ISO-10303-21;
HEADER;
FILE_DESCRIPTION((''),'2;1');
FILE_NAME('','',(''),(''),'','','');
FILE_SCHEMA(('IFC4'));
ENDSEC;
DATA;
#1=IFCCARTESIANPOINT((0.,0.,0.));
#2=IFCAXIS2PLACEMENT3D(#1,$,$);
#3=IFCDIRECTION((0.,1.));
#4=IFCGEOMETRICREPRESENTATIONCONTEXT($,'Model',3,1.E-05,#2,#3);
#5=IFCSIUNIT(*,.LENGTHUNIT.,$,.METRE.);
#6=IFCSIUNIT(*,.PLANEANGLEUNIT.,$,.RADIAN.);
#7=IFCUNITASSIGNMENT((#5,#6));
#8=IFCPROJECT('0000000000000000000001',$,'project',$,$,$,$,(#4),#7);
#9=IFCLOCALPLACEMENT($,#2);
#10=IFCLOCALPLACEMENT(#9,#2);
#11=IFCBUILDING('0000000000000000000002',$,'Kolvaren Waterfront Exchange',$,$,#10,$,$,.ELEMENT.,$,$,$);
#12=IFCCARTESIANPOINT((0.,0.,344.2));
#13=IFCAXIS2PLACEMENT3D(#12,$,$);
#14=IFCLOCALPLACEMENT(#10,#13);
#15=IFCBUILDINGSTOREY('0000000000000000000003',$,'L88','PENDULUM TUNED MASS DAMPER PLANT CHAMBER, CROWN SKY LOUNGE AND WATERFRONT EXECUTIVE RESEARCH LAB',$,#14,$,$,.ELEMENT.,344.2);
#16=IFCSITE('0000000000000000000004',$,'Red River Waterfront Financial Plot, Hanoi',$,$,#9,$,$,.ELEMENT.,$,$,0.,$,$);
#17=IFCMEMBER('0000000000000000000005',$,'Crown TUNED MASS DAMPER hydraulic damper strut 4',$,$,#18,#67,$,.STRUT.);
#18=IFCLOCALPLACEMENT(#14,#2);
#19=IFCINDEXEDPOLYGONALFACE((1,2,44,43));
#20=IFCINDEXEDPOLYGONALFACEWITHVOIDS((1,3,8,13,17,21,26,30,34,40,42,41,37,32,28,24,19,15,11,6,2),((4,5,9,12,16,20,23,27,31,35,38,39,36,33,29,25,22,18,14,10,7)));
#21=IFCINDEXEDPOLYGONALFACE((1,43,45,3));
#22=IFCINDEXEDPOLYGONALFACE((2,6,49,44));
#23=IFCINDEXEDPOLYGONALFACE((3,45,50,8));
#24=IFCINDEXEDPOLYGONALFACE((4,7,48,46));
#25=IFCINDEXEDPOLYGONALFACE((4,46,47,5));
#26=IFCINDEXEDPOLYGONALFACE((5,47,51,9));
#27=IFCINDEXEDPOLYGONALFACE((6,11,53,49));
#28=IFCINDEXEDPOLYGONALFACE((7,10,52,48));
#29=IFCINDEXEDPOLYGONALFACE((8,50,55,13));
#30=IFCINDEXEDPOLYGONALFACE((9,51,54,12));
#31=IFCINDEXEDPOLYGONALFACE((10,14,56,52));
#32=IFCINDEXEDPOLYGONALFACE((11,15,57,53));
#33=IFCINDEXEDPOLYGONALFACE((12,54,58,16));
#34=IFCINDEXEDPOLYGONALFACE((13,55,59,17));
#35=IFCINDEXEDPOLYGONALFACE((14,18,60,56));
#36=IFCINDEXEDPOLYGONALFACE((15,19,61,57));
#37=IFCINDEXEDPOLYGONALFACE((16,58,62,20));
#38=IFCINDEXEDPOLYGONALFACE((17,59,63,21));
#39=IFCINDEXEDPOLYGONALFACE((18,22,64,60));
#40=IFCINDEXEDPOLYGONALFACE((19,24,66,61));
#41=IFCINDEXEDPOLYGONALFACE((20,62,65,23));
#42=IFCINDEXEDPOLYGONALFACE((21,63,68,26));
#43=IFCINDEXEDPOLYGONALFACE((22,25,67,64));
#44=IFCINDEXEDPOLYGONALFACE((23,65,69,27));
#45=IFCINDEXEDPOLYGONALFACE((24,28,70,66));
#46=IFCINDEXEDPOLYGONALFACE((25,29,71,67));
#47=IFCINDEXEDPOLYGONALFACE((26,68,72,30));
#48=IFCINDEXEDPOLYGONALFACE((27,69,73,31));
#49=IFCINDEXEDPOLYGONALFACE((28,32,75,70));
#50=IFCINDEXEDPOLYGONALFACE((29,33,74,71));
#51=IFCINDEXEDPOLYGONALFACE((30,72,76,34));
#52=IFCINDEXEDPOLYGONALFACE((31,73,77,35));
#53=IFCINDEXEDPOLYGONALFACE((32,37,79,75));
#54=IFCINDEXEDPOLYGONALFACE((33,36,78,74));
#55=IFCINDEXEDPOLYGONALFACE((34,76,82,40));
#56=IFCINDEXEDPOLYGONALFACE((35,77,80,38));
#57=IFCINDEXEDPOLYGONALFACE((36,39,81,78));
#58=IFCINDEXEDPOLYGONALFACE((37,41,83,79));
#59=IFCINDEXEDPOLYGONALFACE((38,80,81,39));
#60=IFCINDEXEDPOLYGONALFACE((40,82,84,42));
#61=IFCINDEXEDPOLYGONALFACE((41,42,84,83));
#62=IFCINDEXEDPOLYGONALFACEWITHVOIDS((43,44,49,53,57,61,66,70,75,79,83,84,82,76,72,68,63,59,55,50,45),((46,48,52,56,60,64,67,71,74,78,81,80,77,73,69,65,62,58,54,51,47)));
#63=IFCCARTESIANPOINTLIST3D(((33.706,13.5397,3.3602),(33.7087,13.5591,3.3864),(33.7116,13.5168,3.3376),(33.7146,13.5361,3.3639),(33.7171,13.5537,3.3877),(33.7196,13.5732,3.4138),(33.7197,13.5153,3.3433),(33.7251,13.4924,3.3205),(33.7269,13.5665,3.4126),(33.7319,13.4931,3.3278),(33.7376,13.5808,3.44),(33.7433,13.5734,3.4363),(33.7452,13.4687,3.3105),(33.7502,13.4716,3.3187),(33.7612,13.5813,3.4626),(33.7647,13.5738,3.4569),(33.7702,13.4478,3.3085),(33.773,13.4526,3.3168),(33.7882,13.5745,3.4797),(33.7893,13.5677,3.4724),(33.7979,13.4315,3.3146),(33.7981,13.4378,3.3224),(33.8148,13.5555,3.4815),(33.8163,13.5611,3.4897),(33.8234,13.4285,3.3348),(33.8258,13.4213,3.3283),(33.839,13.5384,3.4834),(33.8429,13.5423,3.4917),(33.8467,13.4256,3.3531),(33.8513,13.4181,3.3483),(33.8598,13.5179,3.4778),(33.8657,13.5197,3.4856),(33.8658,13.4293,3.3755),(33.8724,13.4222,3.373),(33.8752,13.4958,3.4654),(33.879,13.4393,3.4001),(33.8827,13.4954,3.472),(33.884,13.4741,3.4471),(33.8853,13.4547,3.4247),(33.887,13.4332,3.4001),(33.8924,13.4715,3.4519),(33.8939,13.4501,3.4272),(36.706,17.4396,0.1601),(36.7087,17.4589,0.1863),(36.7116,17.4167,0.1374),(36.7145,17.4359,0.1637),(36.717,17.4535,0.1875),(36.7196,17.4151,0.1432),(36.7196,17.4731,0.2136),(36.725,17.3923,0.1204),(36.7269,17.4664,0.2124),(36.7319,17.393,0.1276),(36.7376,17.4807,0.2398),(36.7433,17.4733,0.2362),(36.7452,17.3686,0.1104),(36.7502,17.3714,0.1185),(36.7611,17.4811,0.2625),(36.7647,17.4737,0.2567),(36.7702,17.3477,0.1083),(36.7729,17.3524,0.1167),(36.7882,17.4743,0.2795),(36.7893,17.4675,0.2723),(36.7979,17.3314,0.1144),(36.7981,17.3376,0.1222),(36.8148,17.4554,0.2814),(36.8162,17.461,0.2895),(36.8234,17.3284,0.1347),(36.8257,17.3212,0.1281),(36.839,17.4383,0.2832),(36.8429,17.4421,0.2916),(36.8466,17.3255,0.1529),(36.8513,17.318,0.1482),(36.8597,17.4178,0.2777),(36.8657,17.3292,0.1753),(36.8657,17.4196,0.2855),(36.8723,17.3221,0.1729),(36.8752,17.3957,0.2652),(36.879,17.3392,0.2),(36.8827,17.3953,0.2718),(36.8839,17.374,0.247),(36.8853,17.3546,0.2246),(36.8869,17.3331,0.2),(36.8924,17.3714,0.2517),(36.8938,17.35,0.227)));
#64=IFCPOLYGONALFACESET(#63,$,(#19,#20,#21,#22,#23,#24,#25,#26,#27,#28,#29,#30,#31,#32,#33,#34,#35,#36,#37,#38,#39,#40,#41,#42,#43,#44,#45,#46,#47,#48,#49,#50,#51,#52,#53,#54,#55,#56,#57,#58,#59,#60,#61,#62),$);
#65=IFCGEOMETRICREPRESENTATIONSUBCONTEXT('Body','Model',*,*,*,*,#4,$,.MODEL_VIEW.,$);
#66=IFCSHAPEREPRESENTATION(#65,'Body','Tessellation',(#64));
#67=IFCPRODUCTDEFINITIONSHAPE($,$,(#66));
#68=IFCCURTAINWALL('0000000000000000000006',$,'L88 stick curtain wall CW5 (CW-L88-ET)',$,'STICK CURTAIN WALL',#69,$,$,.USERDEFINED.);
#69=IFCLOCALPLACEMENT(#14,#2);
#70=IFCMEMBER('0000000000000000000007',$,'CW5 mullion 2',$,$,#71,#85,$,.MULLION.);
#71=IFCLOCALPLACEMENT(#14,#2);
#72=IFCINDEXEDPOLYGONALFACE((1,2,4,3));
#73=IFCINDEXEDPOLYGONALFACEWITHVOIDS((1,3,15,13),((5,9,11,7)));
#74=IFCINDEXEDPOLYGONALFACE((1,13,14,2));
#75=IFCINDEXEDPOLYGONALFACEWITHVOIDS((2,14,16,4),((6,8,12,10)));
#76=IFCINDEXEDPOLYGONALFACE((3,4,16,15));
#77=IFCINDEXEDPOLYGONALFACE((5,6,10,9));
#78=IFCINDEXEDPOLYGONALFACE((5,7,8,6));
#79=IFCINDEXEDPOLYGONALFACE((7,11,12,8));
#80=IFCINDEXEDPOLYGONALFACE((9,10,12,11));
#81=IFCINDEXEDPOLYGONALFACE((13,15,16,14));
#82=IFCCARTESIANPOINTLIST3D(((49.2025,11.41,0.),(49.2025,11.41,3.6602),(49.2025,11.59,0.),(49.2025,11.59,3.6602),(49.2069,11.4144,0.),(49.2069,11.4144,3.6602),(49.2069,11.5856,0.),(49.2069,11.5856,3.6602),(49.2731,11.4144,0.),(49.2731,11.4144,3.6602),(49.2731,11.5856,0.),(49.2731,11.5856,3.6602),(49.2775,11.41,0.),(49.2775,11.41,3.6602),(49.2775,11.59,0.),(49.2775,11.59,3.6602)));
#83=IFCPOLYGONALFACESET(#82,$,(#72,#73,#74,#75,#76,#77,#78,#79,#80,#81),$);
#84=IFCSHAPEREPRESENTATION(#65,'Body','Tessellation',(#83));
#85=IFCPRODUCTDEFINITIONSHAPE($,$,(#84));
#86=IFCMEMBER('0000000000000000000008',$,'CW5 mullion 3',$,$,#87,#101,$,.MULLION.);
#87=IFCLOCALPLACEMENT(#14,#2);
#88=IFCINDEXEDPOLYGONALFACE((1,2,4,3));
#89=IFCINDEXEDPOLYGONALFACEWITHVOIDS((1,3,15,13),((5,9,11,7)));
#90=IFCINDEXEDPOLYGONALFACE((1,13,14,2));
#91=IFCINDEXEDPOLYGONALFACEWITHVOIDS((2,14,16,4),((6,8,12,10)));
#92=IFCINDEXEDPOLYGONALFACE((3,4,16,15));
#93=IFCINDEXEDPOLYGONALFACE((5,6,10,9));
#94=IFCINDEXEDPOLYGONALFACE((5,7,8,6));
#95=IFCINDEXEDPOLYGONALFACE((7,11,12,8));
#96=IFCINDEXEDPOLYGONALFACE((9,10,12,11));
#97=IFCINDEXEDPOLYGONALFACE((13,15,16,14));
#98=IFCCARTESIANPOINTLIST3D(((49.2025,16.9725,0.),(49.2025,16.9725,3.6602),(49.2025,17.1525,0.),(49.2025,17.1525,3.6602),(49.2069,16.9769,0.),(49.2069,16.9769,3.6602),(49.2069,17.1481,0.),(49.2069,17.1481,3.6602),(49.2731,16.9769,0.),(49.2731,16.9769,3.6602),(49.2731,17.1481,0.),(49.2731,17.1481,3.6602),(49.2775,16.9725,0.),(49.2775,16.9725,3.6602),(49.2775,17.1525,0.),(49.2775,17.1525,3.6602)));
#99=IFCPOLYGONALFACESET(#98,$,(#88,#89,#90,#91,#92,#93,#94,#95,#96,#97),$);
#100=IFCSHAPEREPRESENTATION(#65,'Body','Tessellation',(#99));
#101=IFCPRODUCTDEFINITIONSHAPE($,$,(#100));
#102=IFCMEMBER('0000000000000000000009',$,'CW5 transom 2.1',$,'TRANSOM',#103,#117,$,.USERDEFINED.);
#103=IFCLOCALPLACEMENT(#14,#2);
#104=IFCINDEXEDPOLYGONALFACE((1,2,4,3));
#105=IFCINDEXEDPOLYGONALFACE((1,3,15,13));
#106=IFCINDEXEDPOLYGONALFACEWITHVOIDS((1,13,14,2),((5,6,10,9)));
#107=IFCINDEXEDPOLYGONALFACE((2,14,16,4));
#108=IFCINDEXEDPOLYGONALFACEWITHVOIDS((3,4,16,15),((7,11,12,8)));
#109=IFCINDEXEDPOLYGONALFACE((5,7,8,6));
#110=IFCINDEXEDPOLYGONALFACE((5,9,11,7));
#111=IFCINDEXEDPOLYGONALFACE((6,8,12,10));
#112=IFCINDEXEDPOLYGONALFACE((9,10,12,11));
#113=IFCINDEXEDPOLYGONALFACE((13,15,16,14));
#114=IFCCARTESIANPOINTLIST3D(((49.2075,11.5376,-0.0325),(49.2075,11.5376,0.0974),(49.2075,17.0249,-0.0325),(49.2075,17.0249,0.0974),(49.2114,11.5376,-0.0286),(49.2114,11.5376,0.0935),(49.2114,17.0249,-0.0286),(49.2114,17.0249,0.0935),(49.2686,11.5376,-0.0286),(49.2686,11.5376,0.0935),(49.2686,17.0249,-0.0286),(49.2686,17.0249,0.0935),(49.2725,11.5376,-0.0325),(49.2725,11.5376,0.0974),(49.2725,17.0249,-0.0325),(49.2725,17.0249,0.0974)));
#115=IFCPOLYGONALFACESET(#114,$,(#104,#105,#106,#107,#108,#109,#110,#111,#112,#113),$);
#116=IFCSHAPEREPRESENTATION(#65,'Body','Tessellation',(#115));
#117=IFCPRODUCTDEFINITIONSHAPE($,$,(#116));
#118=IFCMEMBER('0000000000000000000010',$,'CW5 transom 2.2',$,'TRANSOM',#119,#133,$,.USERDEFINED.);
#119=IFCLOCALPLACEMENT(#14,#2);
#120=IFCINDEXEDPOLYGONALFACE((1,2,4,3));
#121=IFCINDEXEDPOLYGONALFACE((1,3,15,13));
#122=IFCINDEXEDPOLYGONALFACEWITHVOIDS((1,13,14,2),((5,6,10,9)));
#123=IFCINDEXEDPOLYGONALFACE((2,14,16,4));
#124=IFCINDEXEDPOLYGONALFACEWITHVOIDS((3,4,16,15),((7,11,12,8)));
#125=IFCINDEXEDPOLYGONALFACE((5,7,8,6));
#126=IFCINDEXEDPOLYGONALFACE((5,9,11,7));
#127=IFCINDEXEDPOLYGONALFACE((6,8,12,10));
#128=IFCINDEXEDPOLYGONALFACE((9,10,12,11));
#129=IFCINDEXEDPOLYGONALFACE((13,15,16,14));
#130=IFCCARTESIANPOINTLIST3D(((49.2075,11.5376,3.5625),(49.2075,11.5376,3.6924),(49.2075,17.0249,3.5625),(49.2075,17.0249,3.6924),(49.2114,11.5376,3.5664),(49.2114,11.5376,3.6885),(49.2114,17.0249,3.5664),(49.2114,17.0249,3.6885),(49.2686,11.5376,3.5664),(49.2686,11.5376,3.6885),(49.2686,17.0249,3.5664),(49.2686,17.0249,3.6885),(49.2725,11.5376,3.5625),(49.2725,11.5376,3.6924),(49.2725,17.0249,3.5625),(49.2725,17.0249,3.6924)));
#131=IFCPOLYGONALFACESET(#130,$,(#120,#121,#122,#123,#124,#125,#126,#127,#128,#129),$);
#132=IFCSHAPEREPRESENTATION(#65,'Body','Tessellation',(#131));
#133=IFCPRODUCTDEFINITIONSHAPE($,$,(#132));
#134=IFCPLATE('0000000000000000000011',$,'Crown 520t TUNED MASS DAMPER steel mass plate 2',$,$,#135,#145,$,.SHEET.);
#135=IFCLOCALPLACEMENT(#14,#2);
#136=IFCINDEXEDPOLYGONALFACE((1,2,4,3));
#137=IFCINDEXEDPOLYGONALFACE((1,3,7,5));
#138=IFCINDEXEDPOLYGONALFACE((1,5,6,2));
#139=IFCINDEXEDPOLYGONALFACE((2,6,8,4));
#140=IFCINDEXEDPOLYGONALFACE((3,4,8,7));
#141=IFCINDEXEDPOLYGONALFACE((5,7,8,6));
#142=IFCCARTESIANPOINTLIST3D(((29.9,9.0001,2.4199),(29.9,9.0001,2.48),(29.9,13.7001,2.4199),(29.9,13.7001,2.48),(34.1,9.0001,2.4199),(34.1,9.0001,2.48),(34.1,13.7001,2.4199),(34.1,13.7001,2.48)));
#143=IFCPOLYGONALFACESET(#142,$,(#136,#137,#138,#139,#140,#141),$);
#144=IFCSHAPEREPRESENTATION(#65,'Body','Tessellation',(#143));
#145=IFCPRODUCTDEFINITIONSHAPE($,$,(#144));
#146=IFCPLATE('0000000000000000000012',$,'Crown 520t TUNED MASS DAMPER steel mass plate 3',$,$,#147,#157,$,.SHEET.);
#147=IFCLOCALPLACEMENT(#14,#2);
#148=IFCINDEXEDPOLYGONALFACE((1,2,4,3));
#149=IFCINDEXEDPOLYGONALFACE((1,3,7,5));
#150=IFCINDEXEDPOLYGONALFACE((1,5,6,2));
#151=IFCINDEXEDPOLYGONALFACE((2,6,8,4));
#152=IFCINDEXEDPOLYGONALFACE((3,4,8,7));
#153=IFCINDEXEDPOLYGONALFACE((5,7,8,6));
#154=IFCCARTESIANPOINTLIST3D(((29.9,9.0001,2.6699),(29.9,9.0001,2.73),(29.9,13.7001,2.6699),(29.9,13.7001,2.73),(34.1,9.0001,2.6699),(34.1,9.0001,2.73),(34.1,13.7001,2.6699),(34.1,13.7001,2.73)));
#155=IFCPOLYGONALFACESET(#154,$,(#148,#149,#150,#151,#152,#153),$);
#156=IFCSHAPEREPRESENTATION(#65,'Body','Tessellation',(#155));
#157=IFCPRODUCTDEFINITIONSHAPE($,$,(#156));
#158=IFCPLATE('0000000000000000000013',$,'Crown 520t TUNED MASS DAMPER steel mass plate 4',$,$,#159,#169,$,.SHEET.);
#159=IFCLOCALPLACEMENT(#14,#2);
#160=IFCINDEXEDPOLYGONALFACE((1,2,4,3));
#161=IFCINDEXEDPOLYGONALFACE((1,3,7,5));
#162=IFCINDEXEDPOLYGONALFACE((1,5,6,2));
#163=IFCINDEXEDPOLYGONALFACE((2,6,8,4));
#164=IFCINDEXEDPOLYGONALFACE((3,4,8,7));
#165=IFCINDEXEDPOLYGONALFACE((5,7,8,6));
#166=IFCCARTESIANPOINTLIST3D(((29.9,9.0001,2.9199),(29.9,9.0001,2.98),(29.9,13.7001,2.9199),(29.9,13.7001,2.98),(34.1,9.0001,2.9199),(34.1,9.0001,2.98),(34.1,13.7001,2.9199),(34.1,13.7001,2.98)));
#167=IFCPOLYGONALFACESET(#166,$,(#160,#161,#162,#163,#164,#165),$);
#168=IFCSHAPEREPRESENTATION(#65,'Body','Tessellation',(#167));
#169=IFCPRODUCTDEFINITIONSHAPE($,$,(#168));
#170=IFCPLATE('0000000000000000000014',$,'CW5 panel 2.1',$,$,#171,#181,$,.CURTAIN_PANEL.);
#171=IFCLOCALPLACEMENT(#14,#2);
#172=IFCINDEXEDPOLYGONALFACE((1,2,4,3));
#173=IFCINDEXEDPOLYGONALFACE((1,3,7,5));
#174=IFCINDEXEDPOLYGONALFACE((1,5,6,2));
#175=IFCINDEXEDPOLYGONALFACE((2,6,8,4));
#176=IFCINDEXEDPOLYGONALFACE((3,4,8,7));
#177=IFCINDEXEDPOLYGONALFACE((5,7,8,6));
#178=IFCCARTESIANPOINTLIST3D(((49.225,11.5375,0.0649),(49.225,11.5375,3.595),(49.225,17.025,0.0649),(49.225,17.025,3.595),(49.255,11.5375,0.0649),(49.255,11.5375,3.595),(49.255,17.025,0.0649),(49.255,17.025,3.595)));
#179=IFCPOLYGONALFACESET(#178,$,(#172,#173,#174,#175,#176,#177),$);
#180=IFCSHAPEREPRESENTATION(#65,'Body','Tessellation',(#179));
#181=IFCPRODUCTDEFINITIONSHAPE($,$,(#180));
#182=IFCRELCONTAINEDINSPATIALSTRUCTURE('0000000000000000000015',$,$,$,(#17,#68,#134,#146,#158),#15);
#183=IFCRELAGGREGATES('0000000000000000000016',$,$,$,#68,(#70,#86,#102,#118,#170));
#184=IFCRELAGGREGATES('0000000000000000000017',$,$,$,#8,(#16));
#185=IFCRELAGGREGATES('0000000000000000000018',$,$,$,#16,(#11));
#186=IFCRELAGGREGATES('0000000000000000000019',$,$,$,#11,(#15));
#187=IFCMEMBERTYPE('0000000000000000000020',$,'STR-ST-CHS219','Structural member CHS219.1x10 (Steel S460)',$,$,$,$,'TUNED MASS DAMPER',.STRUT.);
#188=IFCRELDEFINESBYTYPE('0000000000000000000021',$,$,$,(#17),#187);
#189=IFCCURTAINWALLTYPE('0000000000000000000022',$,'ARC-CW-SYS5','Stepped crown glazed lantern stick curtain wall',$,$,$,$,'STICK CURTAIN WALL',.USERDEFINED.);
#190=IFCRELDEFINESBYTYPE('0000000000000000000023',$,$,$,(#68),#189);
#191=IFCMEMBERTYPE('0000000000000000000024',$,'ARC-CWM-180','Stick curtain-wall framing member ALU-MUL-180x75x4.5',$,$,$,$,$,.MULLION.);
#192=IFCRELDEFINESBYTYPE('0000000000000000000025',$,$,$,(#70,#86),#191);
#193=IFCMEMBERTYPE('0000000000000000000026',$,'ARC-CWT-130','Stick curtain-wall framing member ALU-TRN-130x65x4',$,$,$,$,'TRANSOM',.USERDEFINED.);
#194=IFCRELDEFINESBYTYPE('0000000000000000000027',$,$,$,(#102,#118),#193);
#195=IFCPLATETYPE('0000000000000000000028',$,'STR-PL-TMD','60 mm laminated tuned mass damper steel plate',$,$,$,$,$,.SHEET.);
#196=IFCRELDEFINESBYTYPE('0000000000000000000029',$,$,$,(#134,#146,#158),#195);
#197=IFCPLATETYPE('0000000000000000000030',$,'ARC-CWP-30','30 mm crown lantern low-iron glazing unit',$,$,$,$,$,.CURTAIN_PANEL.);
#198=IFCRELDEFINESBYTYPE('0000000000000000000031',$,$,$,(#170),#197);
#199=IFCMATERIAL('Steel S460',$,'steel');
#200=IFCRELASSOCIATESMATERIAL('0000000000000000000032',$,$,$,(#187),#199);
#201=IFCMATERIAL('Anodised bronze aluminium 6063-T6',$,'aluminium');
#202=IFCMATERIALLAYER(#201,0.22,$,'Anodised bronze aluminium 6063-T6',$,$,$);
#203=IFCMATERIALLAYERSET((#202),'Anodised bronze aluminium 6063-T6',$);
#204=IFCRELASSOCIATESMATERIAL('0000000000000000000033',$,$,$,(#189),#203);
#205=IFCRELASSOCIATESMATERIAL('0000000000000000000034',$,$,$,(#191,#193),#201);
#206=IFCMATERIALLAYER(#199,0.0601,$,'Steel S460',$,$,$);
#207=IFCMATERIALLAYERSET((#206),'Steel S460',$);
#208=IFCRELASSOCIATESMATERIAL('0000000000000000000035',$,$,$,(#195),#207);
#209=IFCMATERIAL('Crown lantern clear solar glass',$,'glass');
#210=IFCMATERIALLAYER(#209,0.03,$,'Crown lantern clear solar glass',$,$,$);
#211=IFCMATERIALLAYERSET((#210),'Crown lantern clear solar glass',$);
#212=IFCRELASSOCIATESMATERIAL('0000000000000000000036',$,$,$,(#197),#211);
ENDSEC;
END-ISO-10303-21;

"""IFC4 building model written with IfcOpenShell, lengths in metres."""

from ifc_helpers import new_model, si_unit, direction, frame, origin, origin_with_axes, origin_2d, place, context, subcontext, project, spatial, rectangle, hollow_rectangle, hollow_circle, extrude, source, transform, mapped, material, layer, layer_set, material_profile, profile_set, type_object, element, aggregate, save


model = new_model("IFC4")

# Units and contexts
model_context = context("Model", 3, precision=1e-05, world=origin(), true_north=direction((0.0, 1.0)))
body_context = subcontext(model_context, "Body", "Model", "MODEL_VIEW")
ifc_project = project(units=[si_unit("LENGTHUNIT", "METRE"), si_unit("PLANEANGLEUNIT", "RADIAN")], contexts=[model_context])

# Site, building, storey
site_placement = place(None, origin())
site = spatial("IfcSite", under=ifc_project, at=site_placement, Name="Red River Waterfront Financial Plot, Hanoi", CompositionType="ELEMENT", RefElevation=0.0)
building_placement = place(site_placement, origin())
building = spatial("IfcBuilding", under=site, at=building_placement, Name="Kolvaren Waterfront Exchange", CompositionType="ELEMENT")
storey_placement = place(building_placement, frame((0.0, 0.0, 344.2)))
storey = spatial("IfcBuildingStorey", under=building, at=storey_placement, Name="L88", Description="PENDULUM TUNED MASS DAMPER PLANT CHAMBER, CROWN SKY LOUNGE AND WATERFRONT EXECUTIVE RESEARCH LAB", CompositionType="ELEMENT", Elevation=344.2)

# Member
ifc_material_1 = material(Name="Steel S460", Category="steel")
ifc_material_profile_1 = material_profile(ifc_material_1, hollow_circle(Radius=0.1096, WallThickness=0.01, at=origin_2d()), Name="CHS219.1x10")
ifc_profile_set_1 = profile_set([ifc_material_profile_1], Name="Steel S460")
member_type_1 = type_object("IfcMemberType", Name="STR-ST-CHS219", Description="Structural member CHS219.1x10 (Steel S460)", ElementType="TUNED MASS DAMPER", PredefinedType="STRUT", material=ifc_profile_set_1)
member_1_placement = place(storey_placement, frame((36.8, 17.3999, 0.2), z_axis=(-0.511121, -0.66444, 0.545229), x_axis=(0.792617, -0.60972, 0.0)))
element("IfcMember", 1, at=member_1_placement, inside=storey, type_object=member_type_1, Name="Crown TUNED MASS DAMPER hydraulic damper strut 4", PredefinedType="STRUT", context=body_context, shape_type="SweptSolid", body=[
    extrude(hollow_circle(Radius=0.1096, WallThickness=0.01, at=origin_2d()), origin(), (0.0, 0.0, 1.0), 5.8694),
])

# Curtain wall, members
ifc_material_2 = material(Name="Anodised bronze aluminium 6063-T6", Category="aluminium")
ifc_layer_1 = layer(ifc_material_2, 0.22, Name="Anodised bronze aluminium 6063-T6")
ifc_layer_set_1 = layer_set([ifc_layer_1], Name="Anodised bronze aluminium 6063-T6")
curtain_wall_type = type_object("IfcCurtainWallType", Name="ARC-CW-SYS5", Description="Stepped crown glazed lantern stick curtain wall", ElementType="STICK CURTAIN WALL", PredefinedType="USERDEFINED", material=ifc_layer_set_1)
curtain_wall_placement = place(storey_placement, origin())
curtain_wall = element("IfcCurtainWall", 2, at=curtain_wall_placement, inside=storey, type_object=curtain_wall_type, Name="L88 stick curtain wall CW5 (CW-L88-ET)", ObjectType="STICK CURTAIN WALL", PredefinedType="USERDEFINED")
ifc_material_profile_2 = material_profile(ifc_material_2, hollow_rectangle(XDim=0.075, YDim=0.1799, WallThickness=0.0044, at=origin_2d()), Name="ALU-MUL-180x75x4.5")
ifc_profile_set_2 = profile_set([ifc_material_profile_2], Name="Anodised bronze aluminium 6063-T6")
member_type_2 = type_object("IfcMemberType", Name="ARC-CWM-180", Description="Stick curtain-wall framing member ALU-MUL-180x75x4.5", PredefinedType="MULLION", material=ifc_profile_set_2)
shared_shape_1 = source(origin_with_axes(), body_context, "Body", "SweptSolid", [
    extrude(hollow_rectangle(XDim=0.075, YDim=0.1799, WallThickness=0.0044, at=origin_2d()), origin(), (0.0, 0.0, 1.0), 3.6602),
])
member_2_placement = place(storey_placement, frame((49.24, 11.5, 0.0), z_axis=(0.0, 0.0, 1.0), x_axis=(-1.0, 0.0, 0.0)))
member_2 = element("IfcMember", 3, at=member_2_placement, type_object=member_type_2, Name="CW5 mullion 2", PredefinedType="MULLION", context=body_context, shape_type="MappedRepresentation", body=[
    mapped(shared_shape_1, transform((0.0, 0.0, 0.0), x_axis=(1.0, 0.0, 0.0), y_axis=(0.0, 1.0, 0.0), z_axis=(0.0, 0.0, 1.0), scale=1.0)),
])
member_3_placement = place(storey_placement, frame((49.24, 17.0625, 0.0), z_axis=(0.0, 0.0, 1.0), x_axis=(-1.0, 0.0, 0.0)))
member_3 = element("IfcMember", 4, at=member_3_placement, type_object=member_type_2, Name="CW5 mullion 3", PredefinedType="MULLION", context=body_context, shape_type="MappedRepresentation", body=[
    mapped(shared_shape_1, transform((0.0, 0.0, 0.0), x_axis=(1.0, 0.0, 0.0), y_axis=(0.0, 1.0, 0.0), z_axis=(0.0, 0.0, 1.0), scale=1.0)),
])
ifc_material_profile_3 = material_profile(ifc_material_2, hollow_rectangle(XDim=0.0649, YDim=0.1299, WallThickness=0.0039, at=origin_2d()), Name="ALU-TRN-130x65x4")
ifc_profile_set_3 = profile_set([ifc_material_profile_3], Name="Anodised bronze aluminium 6063-T6")
member_type_3 = type_object("IfcMemberType", Name="ARC-CWT-130", Description="Stick curtain-wall framing member ALU-TRN-130x65x4", ElementType="TRANSOM", PredefinedType="USERDEFINED", material=ifc_profile_set_3)
shared_shape_2 = source(origin_with_axes(), body_context, "Body", "SweptSolid", [
    extrude(hollow_rectangle(XDim=0.0649, YDim=0.1299, WallThickness=0.0039, at=origin_2d()), origin(), (0.0, 0.0, 1.0), 5.4873),
])
member_4_placement = place(storey_placement, frame((49.24, 11.5376, 0.0325), z_axis=(0.0, 1.0, 0.0), x_axis=(-1.0, 0.0, 0.0)))
member_4 = element("IfcMember", 5, at=member_4_placement, type_object=member_type_3, Name="CW5 transom 2.1", ObjectType="TRANSOM", PredefinedType="USERDEFINED", context=body_context, shape_type="MappedRepresentation", body=[
    mapped(shared_shape_2, transform((0.0, 0.0, 0.0), x_axis=(1.0, 0.0, 0.0), y_axis=(0.0, 1.0, 0.0), z_axis=(0.0, 0.0, 1.0), scale=1.0)),
])
member_5_placement = place(storey_placement, frame((49.24, 11.5376, 3.6274), z_axis=(0.0, 1.0, 0.0), x_axis=(-1.0, 0.0, 0.0)))
member_5 = element("IfcMember", 6, at=member_5_placement, type_object=member_type_3, Name="CW5 transom 2.2", ObjectType="TRANSOM", PredefinedType="USERDEFINED", context=body_context, shape_type="MappedRepresentation", body=[
    mapped(shared_shape_2, transform((0.0, 0.0, 0.0), x_axis=(1.0, 0.0, 0.0), y_axis=(0.0, 1.0, 0.0), z_axis=(0.0, 0.0, 1.0), scale=1.0)),
])

# Plates
ifc_layer_2 = layer(ifc_material_1, 0.0601, Name="Steel S460")
ifc_layer_set_2 = layer_set([ifc_layer_2], Name="Steel S460")
plate_type_1 = type_object("IfcPlateType", Name="STR-PL-TMD", Description="60 mm laminated tuned mass damper steel plate", PredefinedType="SHEET", material=ifc_layer_set_2)
shared_shape_3 = source(origin_with_axes(), body_context, "Body", "SweptSolid", [
    extrude(rectangle(XDim=4.2, YDim=4.7, at=origin_2d()), origin(), (0.0, 0.0, 1.0), 0.0601),
])
for number, where, z_axis, x_axis, name in (
    (7, (32.0, 11.3501, 2.4199), (0.0, 0.0, 1.0), (1.0, 0.0, 0.0), "Crown 520t TUNED MASS DAMPER steel mass plate 2"),
    (8, (32.0, 11.3501, 2.6699), (0.0, 0.0, 1.0), (1.0, 0.0, 0.0), "Crown 520t TUNED MASS DAMPER steel mass plate 3"),
    (9, (32.0, 11.3501, 2.9199), (0.0, 0.0, 1.0), (1.0, 0.0, 0.0), "Crown 520t TUNED MASS DAMPER steel mass plate 4"),
):
    element("IfcPlate", number, at=place(storey_placement, frame(where, z_axis=z_axis, x_axis=x_axis)), inside=storey, type_object=plate_type_1, Name=name, PredefinedType="SHEET", context=body_context, shape_type="MappedRepresentation", body=[
        mapped(shared_shape_3, transform((0.0, 0.0, 0.0), x_axis=(1.0, 0.0, 0.0), y_axis=(0.0, 1.0, 0.0), z_axis=(0.0, 0.0, 1.0), scale=1.0)),
    ])

# Plate
ifc_material_3 = material(Name="Crown lantern clear solar glass", Category="glass")
ifc_layer_3 = layer(ifc_material_3, 0.03, Name="Crown lantern clear solar glass")
ifc_layer_set_3 = layer_set([ifc_layer_3], Name="Crown lantern clear solar glass")
plate_type_2 = type_object("IfcPlateType", Name="ARC-CWP-30", Description="30 mm crown lantern low-iron glazing unit", PredefinedType="CURTAIN_PANEL", material=ifc_layer_set_3)
shared_shape_4 = source(origin_with_axes(), body_context, "Body", "SweptSolid", [
    extrude(rectangle(XDim=5.4875, YDim=0.03, at=origin_2d()), origin(), (0.0, 0.0, 1.0), 3.53),
])
plate_placement = place(storey_placement, frame((49.24, 14.2812, 0.0649), z_axis=(0.0, 0.0, 1.0), x_axis=(0.0, 1.0, 0.0)))
plate = element("IfcPlate", 10, at=plate_placement, type_object=plate_type_2, Name="CW5 panel 2.1", PredefinedType="CURTAIN_PANEL", context=body_context, shape_type="MappedRepresentation", body=[
    mapped(shared_shape_4, transform((0.0, 0.0, 0.0), x_axis=(1.0, 0.0, 0.0), y_axis=(0.0, 1.0, 0.0), z_axis=(0.0, 0.0, 1.0), scale=1.0)),
])
aggregate(curtain_wall, [member_2, member_3, member_4, member_5, plate])

save(model, "model.ifc")
